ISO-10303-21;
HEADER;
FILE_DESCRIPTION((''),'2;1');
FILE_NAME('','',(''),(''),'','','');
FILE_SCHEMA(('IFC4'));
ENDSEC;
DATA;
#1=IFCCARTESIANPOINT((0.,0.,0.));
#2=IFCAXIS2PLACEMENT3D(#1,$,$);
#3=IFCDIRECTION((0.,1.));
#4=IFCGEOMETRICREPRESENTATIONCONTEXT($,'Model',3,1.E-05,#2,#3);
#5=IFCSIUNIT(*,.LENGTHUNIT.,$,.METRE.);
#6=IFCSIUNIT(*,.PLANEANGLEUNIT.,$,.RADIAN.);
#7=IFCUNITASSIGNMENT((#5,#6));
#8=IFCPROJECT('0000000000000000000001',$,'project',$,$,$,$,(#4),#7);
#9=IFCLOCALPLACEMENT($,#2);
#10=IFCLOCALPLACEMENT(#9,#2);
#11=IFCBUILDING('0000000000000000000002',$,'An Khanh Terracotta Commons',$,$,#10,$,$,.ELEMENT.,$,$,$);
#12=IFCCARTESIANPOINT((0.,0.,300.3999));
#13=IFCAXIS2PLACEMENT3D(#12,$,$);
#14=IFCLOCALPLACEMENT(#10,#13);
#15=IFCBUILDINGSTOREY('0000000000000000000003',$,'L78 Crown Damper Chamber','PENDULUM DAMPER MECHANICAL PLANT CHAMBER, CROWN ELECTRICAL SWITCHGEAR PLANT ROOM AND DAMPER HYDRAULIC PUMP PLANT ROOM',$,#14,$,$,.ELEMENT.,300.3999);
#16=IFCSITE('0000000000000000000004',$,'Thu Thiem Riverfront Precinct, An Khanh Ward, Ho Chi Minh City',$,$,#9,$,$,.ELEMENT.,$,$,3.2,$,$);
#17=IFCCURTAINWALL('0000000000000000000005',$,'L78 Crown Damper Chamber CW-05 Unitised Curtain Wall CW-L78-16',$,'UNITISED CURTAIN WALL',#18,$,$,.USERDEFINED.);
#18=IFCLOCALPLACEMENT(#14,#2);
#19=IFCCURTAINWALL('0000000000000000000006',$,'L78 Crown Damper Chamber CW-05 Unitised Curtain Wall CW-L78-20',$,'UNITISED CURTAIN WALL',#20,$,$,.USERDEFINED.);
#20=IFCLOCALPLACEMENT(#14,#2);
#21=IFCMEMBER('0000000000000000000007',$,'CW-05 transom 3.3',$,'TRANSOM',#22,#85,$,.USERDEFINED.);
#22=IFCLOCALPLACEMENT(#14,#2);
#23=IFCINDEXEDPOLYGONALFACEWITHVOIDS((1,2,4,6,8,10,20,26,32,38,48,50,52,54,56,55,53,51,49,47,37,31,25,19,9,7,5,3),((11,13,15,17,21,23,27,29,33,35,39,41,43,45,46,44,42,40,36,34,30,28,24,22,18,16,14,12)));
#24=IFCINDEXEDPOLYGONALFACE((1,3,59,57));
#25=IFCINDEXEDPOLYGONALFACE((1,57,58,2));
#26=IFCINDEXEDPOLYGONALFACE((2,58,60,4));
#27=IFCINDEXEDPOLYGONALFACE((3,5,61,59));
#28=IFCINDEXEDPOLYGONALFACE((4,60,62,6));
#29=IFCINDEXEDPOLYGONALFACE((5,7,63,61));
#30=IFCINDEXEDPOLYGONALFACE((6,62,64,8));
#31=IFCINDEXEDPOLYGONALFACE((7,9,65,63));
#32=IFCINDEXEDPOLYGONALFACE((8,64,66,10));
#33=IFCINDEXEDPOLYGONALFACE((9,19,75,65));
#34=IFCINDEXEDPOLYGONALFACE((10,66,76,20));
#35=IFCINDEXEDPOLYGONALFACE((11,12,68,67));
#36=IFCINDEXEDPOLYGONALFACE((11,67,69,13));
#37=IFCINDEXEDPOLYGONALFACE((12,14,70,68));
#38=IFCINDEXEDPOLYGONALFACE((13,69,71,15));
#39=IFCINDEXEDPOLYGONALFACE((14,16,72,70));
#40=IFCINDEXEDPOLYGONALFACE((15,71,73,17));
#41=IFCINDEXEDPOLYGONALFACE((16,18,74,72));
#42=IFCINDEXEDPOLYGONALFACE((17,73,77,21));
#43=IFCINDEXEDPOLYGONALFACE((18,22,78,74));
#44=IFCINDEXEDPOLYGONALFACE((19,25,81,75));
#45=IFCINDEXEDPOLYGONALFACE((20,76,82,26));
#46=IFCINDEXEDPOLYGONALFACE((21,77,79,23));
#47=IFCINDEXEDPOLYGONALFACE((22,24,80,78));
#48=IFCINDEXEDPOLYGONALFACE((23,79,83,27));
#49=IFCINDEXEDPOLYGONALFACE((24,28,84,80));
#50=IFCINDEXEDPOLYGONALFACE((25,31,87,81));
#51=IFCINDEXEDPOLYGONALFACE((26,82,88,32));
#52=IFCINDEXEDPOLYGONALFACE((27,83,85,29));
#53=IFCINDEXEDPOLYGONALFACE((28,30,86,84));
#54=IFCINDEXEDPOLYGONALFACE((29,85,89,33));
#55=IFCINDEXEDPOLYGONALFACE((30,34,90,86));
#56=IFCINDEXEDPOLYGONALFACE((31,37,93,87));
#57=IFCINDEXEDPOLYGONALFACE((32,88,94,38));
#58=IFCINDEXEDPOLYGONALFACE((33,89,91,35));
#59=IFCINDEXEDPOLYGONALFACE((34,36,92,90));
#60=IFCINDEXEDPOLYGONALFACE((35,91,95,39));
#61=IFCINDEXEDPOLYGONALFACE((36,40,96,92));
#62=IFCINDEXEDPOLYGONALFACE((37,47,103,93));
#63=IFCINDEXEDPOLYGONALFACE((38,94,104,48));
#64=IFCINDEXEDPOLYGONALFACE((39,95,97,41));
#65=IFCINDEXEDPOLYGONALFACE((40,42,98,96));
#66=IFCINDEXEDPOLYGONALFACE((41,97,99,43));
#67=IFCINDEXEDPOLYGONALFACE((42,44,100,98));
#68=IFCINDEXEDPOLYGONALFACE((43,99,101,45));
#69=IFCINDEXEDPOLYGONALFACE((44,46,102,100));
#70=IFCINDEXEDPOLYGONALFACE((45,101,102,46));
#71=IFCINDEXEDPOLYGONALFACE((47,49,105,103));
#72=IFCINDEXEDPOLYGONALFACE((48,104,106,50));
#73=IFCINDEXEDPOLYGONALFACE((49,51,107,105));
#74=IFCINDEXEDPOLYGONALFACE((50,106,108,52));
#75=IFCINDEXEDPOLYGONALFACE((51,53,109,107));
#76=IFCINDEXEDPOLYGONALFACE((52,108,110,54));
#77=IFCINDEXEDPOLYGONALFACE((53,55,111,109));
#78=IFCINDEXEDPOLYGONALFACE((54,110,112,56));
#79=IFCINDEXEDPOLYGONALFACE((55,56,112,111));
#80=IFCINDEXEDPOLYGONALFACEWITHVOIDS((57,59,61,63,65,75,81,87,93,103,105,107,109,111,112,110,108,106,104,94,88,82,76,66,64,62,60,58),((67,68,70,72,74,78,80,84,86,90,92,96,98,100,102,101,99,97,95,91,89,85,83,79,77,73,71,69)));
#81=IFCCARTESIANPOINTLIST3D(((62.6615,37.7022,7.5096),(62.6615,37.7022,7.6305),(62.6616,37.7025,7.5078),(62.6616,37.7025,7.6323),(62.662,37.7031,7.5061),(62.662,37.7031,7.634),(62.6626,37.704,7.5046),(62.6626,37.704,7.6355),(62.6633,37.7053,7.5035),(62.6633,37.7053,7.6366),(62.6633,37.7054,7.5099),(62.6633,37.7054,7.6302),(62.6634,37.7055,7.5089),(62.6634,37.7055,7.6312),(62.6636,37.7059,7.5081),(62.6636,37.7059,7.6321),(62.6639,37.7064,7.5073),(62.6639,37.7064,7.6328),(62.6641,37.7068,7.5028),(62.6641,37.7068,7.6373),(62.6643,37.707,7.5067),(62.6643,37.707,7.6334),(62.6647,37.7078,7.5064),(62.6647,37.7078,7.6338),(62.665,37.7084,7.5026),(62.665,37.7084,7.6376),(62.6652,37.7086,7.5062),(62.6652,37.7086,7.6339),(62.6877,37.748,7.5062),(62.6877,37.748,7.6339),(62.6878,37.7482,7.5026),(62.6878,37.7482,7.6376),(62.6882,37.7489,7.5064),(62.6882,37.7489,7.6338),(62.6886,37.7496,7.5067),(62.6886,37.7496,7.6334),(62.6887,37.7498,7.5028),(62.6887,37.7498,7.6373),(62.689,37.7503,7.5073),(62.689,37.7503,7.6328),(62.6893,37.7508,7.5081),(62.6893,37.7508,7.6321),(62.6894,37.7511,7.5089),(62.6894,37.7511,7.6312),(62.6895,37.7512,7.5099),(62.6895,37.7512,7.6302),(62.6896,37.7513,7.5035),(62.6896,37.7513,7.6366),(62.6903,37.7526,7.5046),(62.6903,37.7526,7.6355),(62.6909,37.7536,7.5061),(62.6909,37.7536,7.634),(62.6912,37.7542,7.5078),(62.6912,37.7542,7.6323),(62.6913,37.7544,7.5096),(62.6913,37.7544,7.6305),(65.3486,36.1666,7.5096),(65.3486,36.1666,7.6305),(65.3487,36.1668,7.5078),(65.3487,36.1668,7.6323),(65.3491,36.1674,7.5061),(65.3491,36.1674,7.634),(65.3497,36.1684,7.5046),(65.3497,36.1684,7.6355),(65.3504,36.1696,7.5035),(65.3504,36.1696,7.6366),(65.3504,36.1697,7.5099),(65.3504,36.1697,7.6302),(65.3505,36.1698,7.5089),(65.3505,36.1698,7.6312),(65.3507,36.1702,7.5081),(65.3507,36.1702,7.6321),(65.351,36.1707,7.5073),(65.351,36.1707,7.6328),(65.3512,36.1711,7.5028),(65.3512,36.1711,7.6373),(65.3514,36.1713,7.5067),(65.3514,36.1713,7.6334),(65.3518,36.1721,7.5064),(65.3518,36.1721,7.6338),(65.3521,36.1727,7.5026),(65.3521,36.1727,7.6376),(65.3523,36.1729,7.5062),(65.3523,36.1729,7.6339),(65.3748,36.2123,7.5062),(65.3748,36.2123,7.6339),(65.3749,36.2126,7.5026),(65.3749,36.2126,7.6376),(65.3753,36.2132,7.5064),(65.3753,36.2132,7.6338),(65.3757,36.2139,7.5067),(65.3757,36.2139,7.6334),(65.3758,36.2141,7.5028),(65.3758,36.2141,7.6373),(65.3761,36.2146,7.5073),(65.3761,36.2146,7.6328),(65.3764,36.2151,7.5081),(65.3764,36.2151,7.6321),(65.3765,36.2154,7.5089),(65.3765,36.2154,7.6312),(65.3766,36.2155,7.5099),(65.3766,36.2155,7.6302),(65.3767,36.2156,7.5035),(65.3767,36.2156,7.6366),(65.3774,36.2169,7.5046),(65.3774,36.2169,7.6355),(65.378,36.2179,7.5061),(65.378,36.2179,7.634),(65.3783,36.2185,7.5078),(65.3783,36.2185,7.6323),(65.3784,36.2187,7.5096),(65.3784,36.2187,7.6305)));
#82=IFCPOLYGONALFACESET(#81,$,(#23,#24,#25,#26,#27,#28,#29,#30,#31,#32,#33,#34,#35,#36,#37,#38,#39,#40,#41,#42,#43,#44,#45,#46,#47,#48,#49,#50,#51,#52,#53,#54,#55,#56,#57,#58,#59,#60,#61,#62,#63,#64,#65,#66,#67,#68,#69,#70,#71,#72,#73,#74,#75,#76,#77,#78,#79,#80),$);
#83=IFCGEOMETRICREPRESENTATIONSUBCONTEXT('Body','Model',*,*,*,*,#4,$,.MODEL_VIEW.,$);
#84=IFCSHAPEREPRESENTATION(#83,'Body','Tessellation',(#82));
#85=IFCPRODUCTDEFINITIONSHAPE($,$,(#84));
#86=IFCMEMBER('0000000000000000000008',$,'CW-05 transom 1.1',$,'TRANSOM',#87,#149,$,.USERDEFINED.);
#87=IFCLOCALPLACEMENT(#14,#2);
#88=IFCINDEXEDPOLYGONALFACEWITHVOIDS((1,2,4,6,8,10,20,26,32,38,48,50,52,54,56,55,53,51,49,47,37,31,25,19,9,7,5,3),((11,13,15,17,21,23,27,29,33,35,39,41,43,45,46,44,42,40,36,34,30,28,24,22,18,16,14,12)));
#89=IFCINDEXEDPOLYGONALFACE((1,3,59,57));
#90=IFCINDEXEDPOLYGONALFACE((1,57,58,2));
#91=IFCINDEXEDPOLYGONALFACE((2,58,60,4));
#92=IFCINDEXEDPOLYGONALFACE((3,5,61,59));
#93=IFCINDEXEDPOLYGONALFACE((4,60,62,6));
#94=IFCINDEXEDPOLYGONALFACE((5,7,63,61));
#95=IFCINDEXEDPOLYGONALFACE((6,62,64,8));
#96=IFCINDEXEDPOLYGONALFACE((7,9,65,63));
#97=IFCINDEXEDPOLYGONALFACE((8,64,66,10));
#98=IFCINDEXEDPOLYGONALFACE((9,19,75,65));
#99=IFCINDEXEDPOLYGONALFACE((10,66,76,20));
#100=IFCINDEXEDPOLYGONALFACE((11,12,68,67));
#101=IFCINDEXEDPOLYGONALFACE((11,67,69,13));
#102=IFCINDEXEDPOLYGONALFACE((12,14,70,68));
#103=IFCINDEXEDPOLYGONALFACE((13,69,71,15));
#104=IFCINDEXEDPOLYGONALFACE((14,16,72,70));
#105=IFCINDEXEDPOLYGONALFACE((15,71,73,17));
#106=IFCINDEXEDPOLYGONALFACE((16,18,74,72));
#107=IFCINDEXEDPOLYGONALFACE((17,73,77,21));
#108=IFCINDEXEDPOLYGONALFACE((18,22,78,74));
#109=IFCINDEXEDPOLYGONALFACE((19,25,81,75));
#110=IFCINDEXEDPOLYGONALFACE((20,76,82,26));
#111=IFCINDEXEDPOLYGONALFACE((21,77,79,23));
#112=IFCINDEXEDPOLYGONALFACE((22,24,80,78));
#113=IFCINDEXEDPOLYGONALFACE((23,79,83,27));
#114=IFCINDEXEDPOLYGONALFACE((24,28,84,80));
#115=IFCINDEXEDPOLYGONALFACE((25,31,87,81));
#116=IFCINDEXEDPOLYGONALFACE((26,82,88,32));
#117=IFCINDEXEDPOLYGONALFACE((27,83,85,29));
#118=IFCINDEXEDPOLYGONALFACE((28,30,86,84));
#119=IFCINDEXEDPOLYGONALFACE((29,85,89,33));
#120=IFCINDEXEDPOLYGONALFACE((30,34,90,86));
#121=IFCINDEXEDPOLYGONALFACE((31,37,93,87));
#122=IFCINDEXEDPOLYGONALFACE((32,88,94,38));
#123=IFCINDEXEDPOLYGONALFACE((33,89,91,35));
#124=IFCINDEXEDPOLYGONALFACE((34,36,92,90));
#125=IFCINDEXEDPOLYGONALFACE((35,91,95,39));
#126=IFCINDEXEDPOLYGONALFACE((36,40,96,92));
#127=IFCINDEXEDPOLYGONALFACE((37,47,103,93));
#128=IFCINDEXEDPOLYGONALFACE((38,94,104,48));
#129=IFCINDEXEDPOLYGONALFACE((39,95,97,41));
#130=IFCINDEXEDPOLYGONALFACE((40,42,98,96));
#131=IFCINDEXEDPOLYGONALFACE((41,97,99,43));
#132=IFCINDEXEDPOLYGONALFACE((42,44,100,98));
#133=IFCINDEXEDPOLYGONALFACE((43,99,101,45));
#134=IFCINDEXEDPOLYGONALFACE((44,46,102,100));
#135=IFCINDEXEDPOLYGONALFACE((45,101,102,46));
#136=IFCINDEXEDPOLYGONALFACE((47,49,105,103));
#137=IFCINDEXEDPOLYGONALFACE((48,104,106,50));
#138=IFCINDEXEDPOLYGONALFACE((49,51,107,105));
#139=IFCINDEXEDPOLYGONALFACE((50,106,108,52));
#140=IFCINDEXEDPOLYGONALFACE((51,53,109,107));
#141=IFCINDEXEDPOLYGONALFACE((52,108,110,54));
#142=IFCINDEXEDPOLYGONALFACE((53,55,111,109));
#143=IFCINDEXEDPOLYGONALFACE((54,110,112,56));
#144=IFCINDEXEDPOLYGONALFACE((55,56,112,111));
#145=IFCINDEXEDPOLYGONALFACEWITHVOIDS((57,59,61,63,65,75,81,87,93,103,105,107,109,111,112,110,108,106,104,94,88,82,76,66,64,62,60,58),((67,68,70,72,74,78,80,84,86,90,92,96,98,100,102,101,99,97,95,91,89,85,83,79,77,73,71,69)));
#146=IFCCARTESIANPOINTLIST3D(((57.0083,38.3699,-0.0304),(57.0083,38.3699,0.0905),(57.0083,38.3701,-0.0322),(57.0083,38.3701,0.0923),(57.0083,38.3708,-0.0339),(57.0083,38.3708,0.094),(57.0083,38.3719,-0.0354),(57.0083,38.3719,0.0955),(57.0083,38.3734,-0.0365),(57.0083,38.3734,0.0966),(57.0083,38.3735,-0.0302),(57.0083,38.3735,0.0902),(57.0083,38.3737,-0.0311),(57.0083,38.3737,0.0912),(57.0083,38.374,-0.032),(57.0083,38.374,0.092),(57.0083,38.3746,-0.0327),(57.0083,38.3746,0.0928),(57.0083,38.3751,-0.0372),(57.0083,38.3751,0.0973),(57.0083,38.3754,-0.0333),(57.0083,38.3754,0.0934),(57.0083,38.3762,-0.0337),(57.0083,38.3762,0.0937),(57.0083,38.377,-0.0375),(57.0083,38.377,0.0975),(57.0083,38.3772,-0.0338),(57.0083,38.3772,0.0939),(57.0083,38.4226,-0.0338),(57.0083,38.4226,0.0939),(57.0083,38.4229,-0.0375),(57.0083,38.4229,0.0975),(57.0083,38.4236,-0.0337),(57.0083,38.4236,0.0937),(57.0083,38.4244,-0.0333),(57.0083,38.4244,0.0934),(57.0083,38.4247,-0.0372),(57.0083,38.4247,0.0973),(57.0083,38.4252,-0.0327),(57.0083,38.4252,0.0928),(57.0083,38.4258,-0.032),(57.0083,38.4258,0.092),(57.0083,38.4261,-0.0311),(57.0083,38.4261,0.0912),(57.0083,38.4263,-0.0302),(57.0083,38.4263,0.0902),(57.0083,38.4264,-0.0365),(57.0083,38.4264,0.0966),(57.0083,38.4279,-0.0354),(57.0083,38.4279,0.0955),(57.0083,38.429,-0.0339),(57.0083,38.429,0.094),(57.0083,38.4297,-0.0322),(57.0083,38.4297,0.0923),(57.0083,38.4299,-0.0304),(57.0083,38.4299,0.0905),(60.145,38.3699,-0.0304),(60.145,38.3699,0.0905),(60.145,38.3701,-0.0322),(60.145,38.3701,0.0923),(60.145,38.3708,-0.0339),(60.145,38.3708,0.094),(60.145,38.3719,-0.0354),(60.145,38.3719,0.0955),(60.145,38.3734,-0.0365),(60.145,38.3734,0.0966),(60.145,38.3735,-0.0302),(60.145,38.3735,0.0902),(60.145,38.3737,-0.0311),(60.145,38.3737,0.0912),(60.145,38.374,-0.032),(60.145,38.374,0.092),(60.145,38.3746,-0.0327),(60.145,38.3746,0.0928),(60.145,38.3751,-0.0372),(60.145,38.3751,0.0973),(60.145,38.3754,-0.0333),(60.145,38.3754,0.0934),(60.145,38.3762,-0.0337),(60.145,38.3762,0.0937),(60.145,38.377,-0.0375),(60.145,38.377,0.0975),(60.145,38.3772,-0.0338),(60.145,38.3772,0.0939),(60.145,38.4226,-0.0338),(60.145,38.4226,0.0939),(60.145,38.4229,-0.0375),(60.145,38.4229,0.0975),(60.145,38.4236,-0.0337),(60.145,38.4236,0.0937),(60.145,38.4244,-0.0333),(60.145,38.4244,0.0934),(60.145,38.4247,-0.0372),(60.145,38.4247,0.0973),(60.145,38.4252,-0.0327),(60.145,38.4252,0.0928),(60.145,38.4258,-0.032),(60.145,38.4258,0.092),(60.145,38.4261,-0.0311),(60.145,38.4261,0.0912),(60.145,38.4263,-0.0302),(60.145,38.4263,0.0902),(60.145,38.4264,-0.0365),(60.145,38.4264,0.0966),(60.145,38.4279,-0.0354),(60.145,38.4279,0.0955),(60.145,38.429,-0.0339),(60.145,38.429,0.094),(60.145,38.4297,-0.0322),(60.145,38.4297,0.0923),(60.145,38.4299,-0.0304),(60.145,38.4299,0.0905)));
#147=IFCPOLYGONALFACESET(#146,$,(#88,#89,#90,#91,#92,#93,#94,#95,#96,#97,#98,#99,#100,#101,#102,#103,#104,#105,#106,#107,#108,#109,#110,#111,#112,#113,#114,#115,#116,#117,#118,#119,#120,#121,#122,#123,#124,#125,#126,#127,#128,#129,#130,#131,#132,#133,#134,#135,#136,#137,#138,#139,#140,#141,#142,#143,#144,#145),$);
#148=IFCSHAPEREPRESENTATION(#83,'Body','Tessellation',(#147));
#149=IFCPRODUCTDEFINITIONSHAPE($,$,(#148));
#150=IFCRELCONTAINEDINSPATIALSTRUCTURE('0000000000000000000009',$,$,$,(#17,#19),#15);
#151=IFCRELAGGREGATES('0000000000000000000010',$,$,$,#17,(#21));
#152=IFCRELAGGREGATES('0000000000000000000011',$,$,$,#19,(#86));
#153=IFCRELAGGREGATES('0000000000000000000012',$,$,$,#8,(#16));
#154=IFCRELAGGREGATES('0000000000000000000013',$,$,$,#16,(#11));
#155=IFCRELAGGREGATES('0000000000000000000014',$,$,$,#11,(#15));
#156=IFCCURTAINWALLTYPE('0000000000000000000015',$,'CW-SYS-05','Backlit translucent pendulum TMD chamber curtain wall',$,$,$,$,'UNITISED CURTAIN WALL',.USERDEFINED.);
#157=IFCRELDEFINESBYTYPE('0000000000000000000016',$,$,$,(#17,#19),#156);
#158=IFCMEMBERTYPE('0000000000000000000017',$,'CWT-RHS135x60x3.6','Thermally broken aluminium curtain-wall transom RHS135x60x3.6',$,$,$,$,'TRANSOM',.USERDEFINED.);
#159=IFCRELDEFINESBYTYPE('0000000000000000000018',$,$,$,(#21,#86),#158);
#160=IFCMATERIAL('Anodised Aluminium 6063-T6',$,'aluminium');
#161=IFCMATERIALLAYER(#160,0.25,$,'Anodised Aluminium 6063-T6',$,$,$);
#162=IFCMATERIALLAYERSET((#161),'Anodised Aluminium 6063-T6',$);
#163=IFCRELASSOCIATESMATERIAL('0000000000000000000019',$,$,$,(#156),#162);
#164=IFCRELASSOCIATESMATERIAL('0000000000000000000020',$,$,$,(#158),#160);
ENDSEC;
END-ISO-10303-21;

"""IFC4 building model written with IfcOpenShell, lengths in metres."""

from ifc_helpers import new_model, si_unit, direction, frame, origin, origin_2d, place, context, subcontext, project, spatial, hollow_rectangle, extrude, material, layer, layer_set, material_profile, profile_set, type_object, element, aggregate, save


model = new_model("IFC4")

# Units and contexts
model_context = context("Model", 3, precision=1e-05, world=origin(), true_north=direction((0.0, 1.0)))
body_context = subcontext(model_context, "Body", "Model", "MODEL_VIEW")
ifc_project = project(units=[si_unit("LENGTHUNIT", "METRE"), si_unit("PLANEANGLEUNIT", "RADIAN")], contexts=[model_context])

# Site, building, storey
site_placement = place(None, origin())
site = spatial("IfcSite", under=ifc_project, at=site_placement, Name="Thu Thiem Riverfront Precinct, An Khanh Ward, Ho Chi Minh City", CompositionType="ELEMENT", RefElevation=3.2)
building_placement = place(site_placement, origin())
building = spatial("IfcBuilding", under=site, at=building_placement, Name="An Khanh Terracotta Commons", CompositionType="ELEMENT")
storey_placement = place(building_placement, frame((0.0, 0.0, 300.3999)))
storey = spatial("IfcBuildingStorey", under=building, at=storey_placement, Name="L78 Crown Damper Chamber", Description="PENDULUM DAMPER MECHANICAL PLANT CHAMBER, CROWN ELECTRICAL SWITCHGEAR PLANT ROOM AND DAMPER HYDRAULIC PUMP PLANT ROOM", CompositionType="ELEMENT", Elevation=300.3999)

# Curtain wall
ifc_material_1 = material(Name="Anodised Aluminium 6063-T6", Category="aluminium")
ifc_layer_1 = layer(ifc_material_1, 0.25, Name="Anodised Aluminium 6063-T6")
ifc_layer_set_1 = layer_set([ifc_layer_1], Name="Anodised Aluminium 6063-T6")
curtain_wall_type = type_object("IfcCurtainWallType", Name="CW-SYS-05", Description="Backlit translucent pendulum TMD chamber curtain wall", ElementType="UNITISED CURTAIN WALL", PredefinedType="USERDEFINED", material=ifc_layer_set_1)
curtain_wall_1_placement = place(storey_placement, origin())
curtain_wall_1 = element("IfcCurtainWall", 1, at=curtain_wall_1_placement, inside=storey, type_object=curtain_wall_type, Name="L78 Crown Damper Chamber CW-05 Unitised Curtain Wall CW-L78-16", ObjectType="UNITISED CURTAIN WALL", PredefinedType="USERDEFINED")

# Curtain wall
curtain_wall_2_placement = place(storey_placement, origin())
curtain_wall_2 = element("IfcCurtainWall", 2, at=curtain_wall_2_placement, inside=storey, type_object=curtain_wall_type, Name="L78 Crown Damper Chamber CW-05 Unitised Curtain Wall CW-L78-20", ObjectType="UNITISED CURTAIN WALL", PredefinedType="USERDEFINED")

# Members
ifc_material_profile_1 = material_profile(ifc_material_1, hollow_rectangle(XDim=0.0601, YDim=0.135, WallThickness=0.0037, InnerFilletRadius=0.0037, OuterFilletRadius=0.0071, at=origin_2d()), Name="RHS135x60x3.6")
ifc_profile_set_1 = profile_set([ifc_material_profile_1], Name="Anodised Aluminium 6063-T6")
member_type_1 = type_object("IfcMemberType", Name="CWT-RHS135x60x3.6", Description="Thermally broken aluminium curtain-wall transom RHS135x60x3.6", ElementType="TRANSOM", PredefinedType="USERDEFINED", material=ifc_profile_set_1)
member_1_placement = place(storey_placement, frame((65.3635, 36.1926, 7.5701), z_axis=(-0.868214, 0.49619, 0.0), x_axis=(-0.49619, -0.868214, 0.0)))
member_1 = element("IfcMember", 3, at=member_1_placement, type_object=member_type_1, Name="CW-05 transom 3.3", ObjectType="TRANSOM", PredefinedType="USERDEFINED", context=body_context, shape_type="SweptSolid", body=[
    extrude(hollow_rectangle(XDim=0.0601, YDim=0.135, WallThickness=0.0037, InnerFilletRadius=0.0037, OuterFilletRadius=0.0071, at=origin_2d()), origin(), (0.0, 0.0, 1.0), 3.095),
])
member_2_placement = place(storey_placement, frame((60.145, 38.3999, 0.03), z_axis=(-1.0, 0.0, 0.0), x_axis=(0.0, -1.0, 0.0)))
member_2 = element("IfcMember", 4, at=member_2_placement, type_object=member_type_1, Name="CW-05 transom 1.1", ObjectType="TRANSOM", PredefinedType="USERDEFINED", context=body_context, shape_type="SweptSolid", body=[
    extrude(hollow_rectangle(XDim=0.0601, YDim=0.135, WallThickness=0.0037, InnerFilletRadius=0.0037, OuterFilletRadius=0.0071, at=origin_2d()), origin(), (0.0, 0.0, 1.0), 3.1367),
])

aggregate(curtain_wall_1, [member_1])
aggregate(curtain_wall_2, [member_2])

save(model, "model.ifc")
